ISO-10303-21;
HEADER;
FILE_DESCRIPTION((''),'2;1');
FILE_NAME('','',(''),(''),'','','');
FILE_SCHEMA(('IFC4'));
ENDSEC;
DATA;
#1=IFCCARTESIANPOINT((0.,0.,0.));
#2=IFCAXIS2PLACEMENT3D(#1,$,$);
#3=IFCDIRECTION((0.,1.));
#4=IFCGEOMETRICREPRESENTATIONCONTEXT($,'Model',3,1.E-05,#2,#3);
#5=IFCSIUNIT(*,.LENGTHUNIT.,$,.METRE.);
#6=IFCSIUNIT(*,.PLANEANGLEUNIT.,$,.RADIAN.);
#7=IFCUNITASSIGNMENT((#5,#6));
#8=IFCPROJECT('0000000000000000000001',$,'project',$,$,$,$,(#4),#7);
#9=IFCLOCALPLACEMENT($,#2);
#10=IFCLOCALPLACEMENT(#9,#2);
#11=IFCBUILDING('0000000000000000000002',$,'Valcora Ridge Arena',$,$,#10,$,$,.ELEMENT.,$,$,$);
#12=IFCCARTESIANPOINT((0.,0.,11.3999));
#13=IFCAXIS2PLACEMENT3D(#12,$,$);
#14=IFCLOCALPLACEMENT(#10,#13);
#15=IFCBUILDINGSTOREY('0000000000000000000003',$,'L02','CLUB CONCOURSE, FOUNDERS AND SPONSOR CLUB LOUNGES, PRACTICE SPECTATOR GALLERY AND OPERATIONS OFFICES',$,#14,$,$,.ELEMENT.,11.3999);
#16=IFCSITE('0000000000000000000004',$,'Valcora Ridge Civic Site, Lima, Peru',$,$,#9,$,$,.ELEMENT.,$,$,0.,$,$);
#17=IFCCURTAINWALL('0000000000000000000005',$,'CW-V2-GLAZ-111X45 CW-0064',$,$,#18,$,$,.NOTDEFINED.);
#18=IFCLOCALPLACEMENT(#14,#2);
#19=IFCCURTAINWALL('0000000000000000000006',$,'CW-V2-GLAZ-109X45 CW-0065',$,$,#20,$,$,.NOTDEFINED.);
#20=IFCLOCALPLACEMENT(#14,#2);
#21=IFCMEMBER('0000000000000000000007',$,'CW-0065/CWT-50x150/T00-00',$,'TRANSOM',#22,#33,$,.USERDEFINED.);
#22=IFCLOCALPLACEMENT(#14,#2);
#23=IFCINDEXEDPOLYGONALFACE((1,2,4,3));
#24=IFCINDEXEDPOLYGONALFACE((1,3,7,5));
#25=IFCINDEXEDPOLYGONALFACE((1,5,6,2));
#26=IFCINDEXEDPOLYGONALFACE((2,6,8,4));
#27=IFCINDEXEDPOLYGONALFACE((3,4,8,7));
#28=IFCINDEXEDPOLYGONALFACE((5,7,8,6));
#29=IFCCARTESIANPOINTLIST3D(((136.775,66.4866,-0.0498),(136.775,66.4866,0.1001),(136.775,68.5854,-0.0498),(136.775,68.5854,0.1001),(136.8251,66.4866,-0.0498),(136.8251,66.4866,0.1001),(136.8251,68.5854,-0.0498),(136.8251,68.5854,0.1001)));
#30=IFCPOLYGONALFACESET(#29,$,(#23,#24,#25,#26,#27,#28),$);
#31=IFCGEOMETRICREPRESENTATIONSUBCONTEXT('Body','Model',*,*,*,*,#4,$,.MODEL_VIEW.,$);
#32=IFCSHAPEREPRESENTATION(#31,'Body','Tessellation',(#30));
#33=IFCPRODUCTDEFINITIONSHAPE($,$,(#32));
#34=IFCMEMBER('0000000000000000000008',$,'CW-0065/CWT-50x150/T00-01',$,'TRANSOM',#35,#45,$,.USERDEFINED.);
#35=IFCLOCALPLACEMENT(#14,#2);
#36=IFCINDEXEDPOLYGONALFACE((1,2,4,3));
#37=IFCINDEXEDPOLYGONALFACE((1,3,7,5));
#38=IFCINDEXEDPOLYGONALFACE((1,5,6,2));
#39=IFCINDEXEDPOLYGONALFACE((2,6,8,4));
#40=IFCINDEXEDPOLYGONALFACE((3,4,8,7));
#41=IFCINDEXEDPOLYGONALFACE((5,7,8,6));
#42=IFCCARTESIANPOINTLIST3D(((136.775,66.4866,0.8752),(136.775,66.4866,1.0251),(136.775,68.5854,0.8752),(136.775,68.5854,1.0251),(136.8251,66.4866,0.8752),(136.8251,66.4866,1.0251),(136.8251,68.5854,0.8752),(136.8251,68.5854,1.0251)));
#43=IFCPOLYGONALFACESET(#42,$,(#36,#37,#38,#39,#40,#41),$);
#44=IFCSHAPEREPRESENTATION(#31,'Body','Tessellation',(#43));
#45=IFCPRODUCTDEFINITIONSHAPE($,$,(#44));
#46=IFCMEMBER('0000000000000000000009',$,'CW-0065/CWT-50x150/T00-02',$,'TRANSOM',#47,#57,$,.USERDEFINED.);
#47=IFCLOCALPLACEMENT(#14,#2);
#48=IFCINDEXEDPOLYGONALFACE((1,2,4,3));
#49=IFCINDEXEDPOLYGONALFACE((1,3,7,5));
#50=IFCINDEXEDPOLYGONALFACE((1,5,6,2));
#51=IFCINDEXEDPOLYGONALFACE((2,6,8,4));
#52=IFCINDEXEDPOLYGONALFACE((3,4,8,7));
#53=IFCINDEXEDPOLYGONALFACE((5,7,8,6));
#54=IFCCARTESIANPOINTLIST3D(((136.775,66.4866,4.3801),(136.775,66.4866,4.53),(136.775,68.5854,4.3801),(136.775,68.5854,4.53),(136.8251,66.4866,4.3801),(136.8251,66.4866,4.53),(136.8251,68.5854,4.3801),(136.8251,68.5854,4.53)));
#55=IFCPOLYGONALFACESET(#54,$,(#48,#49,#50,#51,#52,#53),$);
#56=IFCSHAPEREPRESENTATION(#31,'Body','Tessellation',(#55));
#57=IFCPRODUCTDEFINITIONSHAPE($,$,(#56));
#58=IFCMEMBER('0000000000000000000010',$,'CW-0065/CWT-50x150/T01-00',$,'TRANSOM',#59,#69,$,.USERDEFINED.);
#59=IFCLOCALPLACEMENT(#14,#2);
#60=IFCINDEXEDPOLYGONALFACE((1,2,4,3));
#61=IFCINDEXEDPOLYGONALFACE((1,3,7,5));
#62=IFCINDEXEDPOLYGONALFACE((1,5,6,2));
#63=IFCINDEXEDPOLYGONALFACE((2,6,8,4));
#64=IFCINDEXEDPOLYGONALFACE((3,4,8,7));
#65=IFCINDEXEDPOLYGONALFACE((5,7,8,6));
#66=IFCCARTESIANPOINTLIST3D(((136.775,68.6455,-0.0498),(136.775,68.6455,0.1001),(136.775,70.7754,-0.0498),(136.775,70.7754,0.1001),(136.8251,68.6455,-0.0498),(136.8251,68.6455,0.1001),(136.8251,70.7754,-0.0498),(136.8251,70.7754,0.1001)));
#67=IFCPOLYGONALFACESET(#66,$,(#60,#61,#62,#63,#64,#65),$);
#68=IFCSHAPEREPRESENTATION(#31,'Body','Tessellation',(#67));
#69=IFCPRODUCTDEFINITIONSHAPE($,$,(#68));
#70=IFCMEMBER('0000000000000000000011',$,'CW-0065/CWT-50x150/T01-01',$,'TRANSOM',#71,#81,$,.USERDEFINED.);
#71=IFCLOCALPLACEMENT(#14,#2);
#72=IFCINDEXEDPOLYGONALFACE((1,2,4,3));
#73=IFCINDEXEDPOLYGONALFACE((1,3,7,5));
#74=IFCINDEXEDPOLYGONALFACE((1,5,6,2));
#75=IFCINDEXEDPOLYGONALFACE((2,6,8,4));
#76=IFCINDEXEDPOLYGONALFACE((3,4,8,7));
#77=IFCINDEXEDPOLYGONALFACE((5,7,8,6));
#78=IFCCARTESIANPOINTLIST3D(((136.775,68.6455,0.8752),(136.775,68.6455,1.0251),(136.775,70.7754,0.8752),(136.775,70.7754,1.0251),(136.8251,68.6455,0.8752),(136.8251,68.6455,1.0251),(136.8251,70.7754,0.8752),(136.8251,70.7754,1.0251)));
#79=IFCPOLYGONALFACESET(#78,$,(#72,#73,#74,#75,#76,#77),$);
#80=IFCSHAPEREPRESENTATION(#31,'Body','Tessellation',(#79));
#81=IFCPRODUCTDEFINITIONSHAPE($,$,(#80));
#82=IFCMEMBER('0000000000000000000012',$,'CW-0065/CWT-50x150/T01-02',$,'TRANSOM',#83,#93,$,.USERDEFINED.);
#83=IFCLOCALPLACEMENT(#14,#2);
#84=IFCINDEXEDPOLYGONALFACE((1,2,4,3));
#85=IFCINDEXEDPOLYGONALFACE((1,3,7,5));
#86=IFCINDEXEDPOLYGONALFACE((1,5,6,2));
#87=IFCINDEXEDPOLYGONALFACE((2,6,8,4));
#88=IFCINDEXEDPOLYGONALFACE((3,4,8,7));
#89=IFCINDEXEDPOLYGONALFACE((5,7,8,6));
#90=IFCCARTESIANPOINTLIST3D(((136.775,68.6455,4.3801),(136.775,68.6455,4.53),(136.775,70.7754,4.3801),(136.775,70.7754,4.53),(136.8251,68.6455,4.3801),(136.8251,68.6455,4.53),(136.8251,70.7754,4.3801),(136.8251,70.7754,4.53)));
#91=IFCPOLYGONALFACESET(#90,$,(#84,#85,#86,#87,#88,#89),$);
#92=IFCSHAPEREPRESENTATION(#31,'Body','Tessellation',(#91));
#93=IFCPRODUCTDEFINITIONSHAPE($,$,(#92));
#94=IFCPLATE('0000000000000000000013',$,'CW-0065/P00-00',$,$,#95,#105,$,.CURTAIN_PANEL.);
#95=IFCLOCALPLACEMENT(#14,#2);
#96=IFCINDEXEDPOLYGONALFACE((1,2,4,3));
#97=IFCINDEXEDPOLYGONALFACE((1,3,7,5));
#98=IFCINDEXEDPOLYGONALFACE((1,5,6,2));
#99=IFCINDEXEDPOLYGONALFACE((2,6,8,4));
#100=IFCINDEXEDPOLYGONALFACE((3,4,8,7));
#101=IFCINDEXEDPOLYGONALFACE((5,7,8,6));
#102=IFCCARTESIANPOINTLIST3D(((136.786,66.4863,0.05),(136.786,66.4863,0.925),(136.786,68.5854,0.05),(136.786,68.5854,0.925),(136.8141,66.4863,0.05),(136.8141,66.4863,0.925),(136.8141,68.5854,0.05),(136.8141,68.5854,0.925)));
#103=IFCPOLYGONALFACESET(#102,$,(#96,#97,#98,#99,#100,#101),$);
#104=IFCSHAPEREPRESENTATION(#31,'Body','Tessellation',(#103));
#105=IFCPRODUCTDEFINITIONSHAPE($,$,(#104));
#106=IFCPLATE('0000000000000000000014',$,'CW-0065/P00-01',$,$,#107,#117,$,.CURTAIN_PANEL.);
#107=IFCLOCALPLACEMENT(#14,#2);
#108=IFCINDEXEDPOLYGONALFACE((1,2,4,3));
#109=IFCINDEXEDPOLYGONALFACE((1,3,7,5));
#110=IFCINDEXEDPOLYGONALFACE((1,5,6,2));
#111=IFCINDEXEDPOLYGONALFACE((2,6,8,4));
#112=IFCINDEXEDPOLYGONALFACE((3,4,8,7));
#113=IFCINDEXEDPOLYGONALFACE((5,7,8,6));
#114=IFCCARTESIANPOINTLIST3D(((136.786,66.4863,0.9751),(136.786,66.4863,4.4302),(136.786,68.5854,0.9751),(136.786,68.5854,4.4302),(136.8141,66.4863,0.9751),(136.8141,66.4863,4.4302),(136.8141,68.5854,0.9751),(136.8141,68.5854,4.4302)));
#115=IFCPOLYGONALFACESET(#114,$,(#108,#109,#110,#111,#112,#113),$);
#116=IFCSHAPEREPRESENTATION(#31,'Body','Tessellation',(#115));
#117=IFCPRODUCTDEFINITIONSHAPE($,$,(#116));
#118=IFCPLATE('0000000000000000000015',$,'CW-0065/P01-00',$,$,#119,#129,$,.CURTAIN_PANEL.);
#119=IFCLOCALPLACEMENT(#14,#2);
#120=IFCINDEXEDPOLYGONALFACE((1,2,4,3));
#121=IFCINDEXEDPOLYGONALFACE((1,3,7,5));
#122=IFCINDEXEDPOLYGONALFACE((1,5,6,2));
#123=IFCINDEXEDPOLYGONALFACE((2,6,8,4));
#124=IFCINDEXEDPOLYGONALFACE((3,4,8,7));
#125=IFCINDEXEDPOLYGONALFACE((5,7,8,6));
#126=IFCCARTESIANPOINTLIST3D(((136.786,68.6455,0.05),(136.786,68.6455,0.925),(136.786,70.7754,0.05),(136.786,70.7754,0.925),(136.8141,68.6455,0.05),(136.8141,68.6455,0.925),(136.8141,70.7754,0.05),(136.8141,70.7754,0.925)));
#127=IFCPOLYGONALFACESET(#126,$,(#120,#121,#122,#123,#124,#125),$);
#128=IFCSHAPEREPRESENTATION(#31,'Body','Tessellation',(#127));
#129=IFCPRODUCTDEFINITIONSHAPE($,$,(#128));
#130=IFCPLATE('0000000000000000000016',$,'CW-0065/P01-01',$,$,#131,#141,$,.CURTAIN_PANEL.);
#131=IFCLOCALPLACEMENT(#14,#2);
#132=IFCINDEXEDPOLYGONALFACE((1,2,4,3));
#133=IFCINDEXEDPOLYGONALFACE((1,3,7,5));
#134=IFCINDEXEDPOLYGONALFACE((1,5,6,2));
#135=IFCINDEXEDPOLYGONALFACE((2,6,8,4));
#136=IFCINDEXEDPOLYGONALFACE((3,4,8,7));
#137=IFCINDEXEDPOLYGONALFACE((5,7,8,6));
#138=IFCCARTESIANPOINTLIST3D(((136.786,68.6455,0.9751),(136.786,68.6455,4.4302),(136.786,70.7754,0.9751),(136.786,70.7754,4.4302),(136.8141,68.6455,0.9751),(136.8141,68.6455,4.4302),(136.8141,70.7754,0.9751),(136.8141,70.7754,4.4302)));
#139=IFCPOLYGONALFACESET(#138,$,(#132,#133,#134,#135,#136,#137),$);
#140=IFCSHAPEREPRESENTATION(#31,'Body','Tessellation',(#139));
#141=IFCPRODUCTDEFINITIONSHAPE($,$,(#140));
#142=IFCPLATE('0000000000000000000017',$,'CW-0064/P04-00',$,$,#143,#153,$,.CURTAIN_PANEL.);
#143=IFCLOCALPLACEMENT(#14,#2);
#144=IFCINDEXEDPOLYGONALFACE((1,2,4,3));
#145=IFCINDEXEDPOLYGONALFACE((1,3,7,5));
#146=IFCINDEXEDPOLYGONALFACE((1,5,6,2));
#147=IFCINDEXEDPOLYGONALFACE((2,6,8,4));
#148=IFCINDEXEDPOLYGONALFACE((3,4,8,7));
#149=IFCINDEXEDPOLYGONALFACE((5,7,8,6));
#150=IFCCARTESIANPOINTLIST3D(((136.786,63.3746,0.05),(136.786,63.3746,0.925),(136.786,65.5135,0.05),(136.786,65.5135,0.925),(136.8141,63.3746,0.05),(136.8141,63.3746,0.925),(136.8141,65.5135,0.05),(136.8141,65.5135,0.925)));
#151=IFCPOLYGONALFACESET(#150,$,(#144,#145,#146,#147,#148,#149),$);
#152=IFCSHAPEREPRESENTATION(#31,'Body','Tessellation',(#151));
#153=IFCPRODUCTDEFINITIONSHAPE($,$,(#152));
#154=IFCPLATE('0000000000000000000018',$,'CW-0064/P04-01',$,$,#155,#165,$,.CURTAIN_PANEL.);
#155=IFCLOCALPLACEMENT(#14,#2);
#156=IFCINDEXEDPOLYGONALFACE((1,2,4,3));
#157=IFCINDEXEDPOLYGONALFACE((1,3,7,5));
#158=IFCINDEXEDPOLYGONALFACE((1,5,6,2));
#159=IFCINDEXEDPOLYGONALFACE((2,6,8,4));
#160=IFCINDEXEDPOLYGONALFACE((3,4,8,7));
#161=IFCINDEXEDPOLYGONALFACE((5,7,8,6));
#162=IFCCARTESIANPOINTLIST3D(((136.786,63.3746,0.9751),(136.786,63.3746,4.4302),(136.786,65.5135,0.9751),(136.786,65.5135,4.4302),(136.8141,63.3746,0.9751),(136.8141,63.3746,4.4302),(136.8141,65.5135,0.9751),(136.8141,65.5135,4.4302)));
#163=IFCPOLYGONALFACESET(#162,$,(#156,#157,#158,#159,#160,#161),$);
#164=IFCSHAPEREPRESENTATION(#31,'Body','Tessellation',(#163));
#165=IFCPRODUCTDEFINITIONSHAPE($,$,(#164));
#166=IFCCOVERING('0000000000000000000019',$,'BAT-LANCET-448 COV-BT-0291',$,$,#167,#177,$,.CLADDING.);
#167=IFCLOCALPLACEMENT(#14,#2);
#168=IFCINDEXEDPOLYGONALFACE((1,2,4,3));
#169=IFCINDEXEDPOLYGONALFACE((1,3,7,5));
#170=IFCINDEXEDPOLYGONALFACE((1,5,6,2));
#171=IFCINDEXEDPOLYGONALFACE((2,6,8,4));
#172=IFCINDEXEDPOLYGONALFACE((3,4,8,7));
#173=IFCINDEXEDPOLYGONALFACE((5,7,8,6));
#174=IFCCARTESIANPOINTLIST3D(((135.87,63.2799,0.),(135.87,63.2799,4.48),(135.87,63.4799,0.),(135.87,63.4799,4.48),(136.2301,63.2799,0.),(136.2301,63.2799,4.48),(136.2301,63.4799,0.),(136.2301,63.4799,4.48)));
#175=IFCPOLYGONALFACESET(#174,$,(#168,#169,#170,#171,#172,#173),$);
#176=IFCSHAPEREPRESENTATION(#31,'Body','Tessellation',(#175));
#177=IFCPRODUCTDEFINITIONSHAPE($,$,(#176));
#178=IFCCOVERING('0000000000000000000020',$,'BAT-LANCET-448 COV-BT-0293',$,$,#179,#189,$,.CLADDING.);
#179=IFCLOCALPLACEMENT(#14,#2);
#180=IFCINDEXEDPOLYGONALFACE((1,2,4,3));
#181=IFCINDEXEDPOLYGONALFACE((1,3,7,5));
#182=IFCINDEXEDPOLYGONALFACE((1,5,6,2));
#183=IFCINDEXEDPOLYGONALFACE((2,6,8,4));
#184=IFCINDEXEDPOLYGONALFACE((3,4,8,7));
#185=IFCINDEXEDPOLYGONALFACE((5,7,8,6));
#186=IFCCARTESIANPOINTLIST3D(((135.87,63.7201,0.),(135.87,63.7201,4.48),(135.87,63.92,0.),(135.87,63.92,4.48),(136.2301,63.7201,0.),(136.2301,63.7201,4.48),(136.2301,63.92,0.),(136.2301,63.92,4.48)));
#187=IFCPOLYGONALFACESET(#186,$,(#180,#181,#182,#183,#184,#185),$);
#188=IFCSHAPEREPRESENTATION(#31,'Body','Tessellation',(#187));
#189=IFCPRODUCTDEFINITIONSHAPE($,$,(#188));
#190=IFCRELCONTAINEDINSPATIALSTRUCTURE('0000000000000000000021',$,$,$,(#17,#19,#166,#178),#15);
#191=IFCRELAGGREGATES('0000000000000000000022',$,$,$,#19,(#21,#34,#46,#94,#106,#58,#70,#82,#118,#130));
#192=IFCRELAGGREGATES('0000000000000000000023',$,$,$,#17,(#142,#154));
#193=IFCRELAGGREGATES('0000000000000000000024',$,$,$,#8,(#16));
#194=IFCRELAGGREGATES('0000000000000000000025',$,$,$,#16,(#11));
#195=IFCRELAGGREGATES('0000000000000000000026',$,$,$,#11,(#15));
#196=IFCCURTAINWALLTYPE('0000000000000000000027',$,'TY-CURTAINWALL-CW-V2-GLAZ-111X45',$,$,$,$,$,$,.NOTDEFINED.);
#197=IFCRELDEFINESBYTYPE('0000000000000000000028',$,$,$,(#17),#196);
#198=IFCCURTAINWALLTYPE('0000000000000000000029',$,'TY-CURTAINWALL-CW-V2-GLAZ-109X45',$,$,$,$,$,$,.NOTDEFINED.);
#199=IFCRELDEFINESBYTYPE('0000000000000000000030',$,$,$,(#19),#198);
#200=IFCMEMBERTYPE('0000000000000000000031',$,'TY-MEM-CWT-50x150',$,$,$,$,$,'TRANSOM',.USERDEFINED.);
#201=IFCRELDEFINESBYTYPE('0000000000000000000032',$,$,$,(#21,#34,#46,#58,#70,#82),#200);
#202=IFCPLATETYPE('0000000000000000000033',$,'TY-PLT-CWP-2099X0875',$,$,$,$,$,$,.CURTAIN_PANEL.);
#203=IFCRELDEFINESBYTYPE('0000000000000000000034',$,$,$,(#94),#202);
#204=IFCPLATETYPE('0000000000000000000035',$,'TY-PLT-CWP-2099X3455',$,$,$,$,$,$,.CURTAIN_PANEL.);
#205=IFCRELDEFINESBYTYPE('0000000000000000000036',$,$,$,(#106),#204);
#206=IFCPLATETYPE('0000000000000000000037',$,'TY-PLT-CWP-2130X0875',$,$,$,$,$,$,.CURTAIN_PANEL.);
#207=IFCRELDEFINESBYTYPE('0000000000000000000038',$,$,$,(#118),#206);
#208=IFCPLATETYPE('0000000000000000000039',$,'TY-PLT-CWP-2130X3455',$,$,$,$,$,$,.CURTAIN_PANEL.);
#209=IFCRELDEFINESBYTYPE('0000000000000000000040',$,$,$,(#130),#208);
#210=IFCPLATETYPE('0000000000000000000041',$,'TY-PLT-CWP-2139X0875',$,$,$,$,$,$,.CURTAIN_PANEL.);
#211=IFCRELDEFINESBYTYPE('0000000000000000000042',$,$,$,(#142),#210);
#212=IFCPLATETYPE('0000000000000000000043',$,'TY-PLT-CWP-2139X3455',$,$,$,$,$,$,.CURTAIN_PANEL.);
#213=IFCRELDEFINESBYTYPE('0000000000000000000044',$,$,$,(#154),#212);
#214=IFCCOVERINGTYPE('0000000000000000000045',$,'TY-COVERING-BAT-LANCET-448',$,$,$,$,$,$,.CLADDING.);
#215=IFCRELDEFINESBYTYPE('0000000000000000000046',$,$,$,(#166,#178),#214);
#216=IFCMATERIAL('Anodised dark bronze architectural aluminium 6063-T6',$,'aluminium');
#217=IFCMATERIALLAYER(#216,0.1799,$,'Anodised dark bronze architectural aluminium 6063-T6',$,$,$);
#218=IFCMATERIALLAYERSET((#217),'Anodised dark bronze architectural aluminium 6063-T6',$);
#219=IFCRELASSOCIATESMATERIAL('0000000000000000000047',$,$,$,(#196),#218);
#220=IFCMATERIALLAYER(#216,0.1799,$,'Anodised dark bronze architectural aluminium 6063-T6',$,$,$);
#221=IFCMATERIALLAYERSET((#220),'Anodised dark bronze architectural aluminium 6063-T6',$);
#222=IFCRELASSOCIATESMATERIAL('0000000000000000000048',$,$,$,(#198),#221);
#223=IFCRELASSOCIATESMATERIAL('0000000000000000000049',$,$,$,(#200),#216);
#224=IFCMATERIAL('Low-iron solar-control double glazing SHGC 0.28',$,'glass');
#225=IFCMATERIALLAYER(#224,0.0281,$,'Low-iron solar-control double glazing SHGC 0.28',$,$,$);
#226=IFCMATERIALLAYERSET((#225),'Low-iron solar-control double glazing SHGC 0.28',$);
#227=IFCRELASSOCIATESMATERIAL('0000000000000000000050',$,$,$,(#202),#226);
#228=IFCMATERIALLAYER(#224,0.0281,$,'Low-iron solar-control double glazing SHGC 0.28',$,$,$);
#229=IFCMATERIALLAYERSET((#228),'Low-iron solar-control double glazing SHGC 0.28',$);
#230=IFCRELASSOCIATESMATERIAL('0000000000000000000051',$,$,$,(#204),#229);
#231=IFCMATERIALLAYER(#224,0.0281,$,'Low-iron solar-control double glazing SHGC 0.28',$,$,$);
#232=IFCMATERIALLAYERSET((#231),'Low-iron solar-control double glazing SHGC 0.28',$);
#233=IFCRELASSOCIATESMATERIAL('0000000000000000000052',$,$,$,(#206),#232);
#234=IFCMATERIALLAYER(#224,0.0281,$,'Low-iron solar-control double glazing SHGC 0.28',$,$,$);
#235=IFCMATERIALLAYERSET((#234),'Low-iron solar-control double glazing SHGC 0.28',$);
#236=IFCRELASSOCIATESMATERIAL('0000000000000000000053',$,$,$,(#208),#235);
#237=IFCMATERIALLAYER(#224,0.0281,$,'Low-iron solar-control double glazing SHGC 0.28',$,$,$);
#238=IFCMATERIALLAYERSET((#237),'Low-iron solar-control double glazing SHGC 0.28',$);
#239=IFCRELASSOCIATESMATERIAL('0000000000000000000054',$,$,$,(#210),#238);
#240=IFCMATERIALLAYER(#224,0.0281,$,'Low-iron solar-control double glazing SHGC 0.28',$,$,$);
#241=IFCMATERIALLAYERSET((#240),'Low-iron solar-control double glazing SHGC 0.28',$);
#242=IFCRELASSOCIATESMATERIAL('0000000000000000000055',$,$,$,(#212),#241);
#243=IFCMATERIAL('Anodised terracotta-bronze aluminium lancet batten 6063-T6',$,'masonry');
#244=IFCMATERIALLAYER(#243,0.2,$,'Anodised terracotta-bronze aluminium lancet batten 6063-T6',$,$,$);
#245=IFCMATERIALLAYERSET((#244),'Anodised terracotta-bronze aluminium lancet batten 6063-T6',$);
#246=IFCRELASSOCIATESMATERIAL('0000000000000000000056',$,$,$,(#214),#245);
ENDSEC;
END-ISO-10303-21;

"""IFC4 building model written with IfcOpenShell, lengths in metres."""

from ifc_helpers import new_model, si_unit, direction, frame, origin, origin_2d, place, context, subcontext, project, spatial, rectangle, extrude, material, layer, layer_set, material_profile, profile_set, type_object, element, aggregate, save


model = new_model("IFC4")

# Units and contexts
model_context = context("Model", 3, precision=1e-05, world=origin(), true_north=direction((0.0, 1.0)))
body_context = subcontext(model_context, "Body", "Model", "MODEL_VIEW")
ifc_project = project(units=[si_unit("LENGTHUNIT", "METRE"), si_unit("PLANEANGLEUNIT", "RADIAN")], contexts=[model_context])

# Site, building, storey
site_placement = place(None, origin())
site = spatial("IfcSite", under=ifc_project, at=site_placement, Name="Valcora Ridge Civic Site, Lima, Peru", CompositionType="ELEMENT", RefElevation=0.0)
building_placement = place(site_placement, origin())
building = spatial("IfcBuilding", under=site, at=building_placement, Name="Valcora Ridge Arena", CompositionType="ELEMENT")
storey_placement = place(building_placement, frame((0.0, 0.0, 11.3999)))
storey = spatial("IfcBuildingStorey", under=building, at=storey_placement, Name="L02", Description="CLUB CONCOURSE, FOUNDERS AND SPONSOR CLUB LOUNGES, PRACTICE SPECTATOR GALLERY AND OPERATIONS OFFICES", CompositionType="ELEMENT", Elevation=11.3999)

# Curtain walls
ifc_material_1 = material(Name="Anodised dark bronze architectural aluminium 6063-T6", Category="aluminium")
ifc_layer_1 = layer(ifc_material_1, 0.1799, Name="Anodised dark bronze architectural aluminium 6063-T6")
ifc_layer_set_1 = layer_set([ifc_layer_1], Name="Anodised dark bronze architectural aluminium 6063-T6")
curtain_wall_type_1 = type_object("IfcCurtainWallType", Name="TY-CURTAINWALL-CW-V2-GLAZ-111X45", PredefinedType="NOTDEFINED", material=ifc_layer_set_1)
curtain_wall_1_placement = place(storey_placement, origin())
curtain_wall_1 = element("IfcCurtainWall", 1, at=curtain_wall_1_placement, inside=storey, type_object=curtain_wall_type_1, Name="CW-V2-GLAZ-111X45 CW-0064", PredefinedType="NOTDEFINED")
ifc_layer_2 = layer(ifc_material_1, 0.1799, Name="Anodised dark bronze architectural aluminium 6063-T6")
ifc_layer_set_2 = layer_set([ifc_layer_2], Name="Anodised dark bronze architectural aluminium 6063-T6")
curtain_wall_type_2 = type_object("IfcCurtainWallType", Name="TY-CURTAINWALL-CW-V2-GLAZ-109X45", PredefinedType="NOTDEFINED", material=ifc_layer_set_2)
curtain_wall_2_placement = place(storey_placement, origin())
curtain_wall_2 = element("IfcCurtainWall", 2, at=curtain_wall_2_placement, inside=storey, type_object=curtain_wall_type_2, Name="CW-V2-GLAZ-109X45 CW-0065", PredefinedType="NOTDEFINED")

# Members
ifc_material_profile_1 = material_profile(ifc_material_1, rectangle(XDim=0.05, YDim=0.1499, at=origin_2d()), Name="ALU TRANSOM 50x150")
ifc_profile_set_1 = profile_set([ifc_material_profile_1], Name="Anodised dark bronze architectural aluminium 6063-T6")
member_type_1 = type_object("IfcMemberType", Name="TY-MEM-CWT-50x150", ElementType="TRANSOM", PredefinedType="USERDEFINED", material=ifc_profile_set_1)
member_1_placement = place(storey_placement, frame((136.8, 66.4866, 0.0251), z_axis=(0.0, 1.0, 0.0), x_axis=(-1.0, 0.0, 0.0)))
member_1 = element("IfcMember", 3, at=member_1_placement, type_object=member_type_1, Name="CW-0065/CWT-50x150/T00-00", ObjectType="TRANSOM", PredefinedType="USERDEFINED", context=body_context, shape_type="SweptSolid", body=[
    extrude(rectangle(XDim=0.05, YDim=0.1499, at=origin_2d()), origin(), (0.0, 0.0, 1.0), 2.0989),
])
member_2_placement = place(storey_placement, frame((136.8, 66.4866, 0.9502), z_axis=(0.0, 1.0, 0.0), x_axis=(-1.0, 0.0, 0.0)))
member_2 = element("IfcMember", 4, at=member_2_placement, type_object=member_type_1, Name="CW-0065/CWT-50x150/T00-01", ObjectType="TRANSOM", PredefinedType="USERDEFINED", context=body_context, shape_type="SweptSolid", body=[
    extrude(rectangle(XDim=0.05, YDim=0.1499, at=origin_2d()), origin(), (0.0, 0.0, 1.0), 2.0989),
])
member_3_placement = place(storey_placement, frame((136.8, 66.4866, 4.4551), z_axis=(0.0, 1.0, 0.0), x_axis=(-1.0, 0.0, 0.0)))
member_3 = element("IfcMember", 5, at=member_3_placement, type_object=member_type_1, Name="CW-0065/CWT-50x150/T00-02", ObjectType="TRANSOM", PredefinedType="USERDEFINED", context=body_context, shape_type="SweptSolid", body=[
    extrude(rectangle(XDim=0.05, YDim=0.1499, at=origin_2d()), origin(), (0.0, 0.0, 1.0), 2.0989),
])
member_4_placement = place(storey_placement, frame((136.8, 68.6455, 0.0251), z_axis=(0.0, 1.0, 0.0), x_axis=(-1.0, 0.0, 0.0)))
member_4 = element("IfcMember", 6, at=member_4_placement, type_object=member_type_1, Name="CW-0065/CWT-50x150/T01-00", ObjectType="TRANSOM", PredefinedType="USERDEFINED", context=body_context, shape_type="SweptSolid", body=[
    extrude(rectangle(XDim=0.05, YDim=0.1499, at=origin_2d()), origin(), (0.0, 0.0, 1.0), 2.1299),
])
member_5_placement = place(storey_placement, frame((136.8, 68.6455, 0.9502), z_axis=(0.0, 1.0, 0.0), x_axis=(-1.0, 0.0, 0.0)))
member_5 = element("IfcMember", 7, at=member_5_placement, type_object=member_type_1, Name="CW-0065/CWT-50x150/T01-01", ObjectType="TRANSOM", PredefinedType="USERDEFINED", context=body_context, shape_type="SweptSolid", body=[
    extrude(rectangle(XDim=0.05, YDim=0.1499, at=origin_2d()), origin(), (0.0, 0.0, 1.0), 2.1299),
])
member_6_placement = place(storey_placement, frame((136.8, 68.6455, 4.4551), z_axis=(0.0, 1.0, 0.0), x_axis=(-1.0, 0.0, 0.0)))
member_6 = element("IfcMember", 8, at=member_6_placement, type_object=member_type_1, Name="CW-0065/CWT-50x150/T01-02", ObjectType="TRANSOM", PredefinedType="USERDEFINED", context=body_context, shape_type="SweptSolid", body=[
    extrude(rectangle(XDim=0.05, YDim=0.1499, at=origin_2d()), origin(), (0.0, 0.0, 1.0), 2.1299),
])

# Plates
ifc_material_2 = material(Name="Low-iron solar-control double glazing SHGC 0.28", Category="glass")
ifc_layer_3 = layer(ifc_material_2, 0.0281, Name="Low-iron solar-control double glazing SHGC 0.28")
ifc_layer_set_3 = layer_set([ifc_layer_3], Name="Low-iron solar-control double glazing SHGC 0.28")
plate_type_1 = type_object("IfcPlateType", Name="TY-PLT-CWP-2099X0875", PredefinedType="CURTAIN_PANEL", material=ifc_layer_set_3)
plate_1_placement = place(storey_placement, frame((136.8, 67.5359, 0.05), z_axis=(0.0, 0.0, 1.0), x_axis=(0.0, 1.0, 0.0)))
plate_1 = element("IfcPlate", 9, at=plate_1_placement, type_object=plate_type_1, Name="CW-0065/P00-00", PredefinedType="CURTAIN_PANEL", context=body_context, shape_type="SweptSolid", body=[
    extrude(rectangle(XDim=2.0991, YDim=0.0281, at=origin_2d()), origin(), (0.0, 0.0, 1.0), 0.875),
])
ifc_layer_4 = layer(ifc_material_2, 0.0281, Name="Low-iron solar-control double glazing SHGC 0.28")
ifc_layer_set_4 = layer_set([ifc_layer_4], Name="Low-iron solar-control double glazing SHGC 0.28")
plate_type_2 = type_object("IfcPlateType", Name="TY-PLT-CWP-2099X3455", PredefinedType="CURTAIN_PANEL", material=ifc_layer_set_4)
plate_2_placement = place(storey_placement, frame((136.8, 67.5359, 0.9751), z_axis=(0.0, 0.0, 1.0), x_axis=(0.0, 1.0, 0.0)))
plate_2 = element("IfcPlate", 10, at=plate_2_placement, type_object=plate_type_2, Name="CW-0065/P00-01", PredefinedType="CURTAIN_PANEL", context=body_context, shape_type="SweptSolid", body=[
    extrude(rectangle(XDim=2.0991, YDim=0.0281, at=origin_2d()), origin(), (0.0, 0.0, 1.0), 3.4551),
])
ifc_layer_5 = layer(ifc_material_2, 0.0281, Name="Low-iron solar-control double glazing SHGC 0.28")
ifc_layer_set_5 = layer_set([ifc_layer_5], Name="Low-iron solar-control double glazing SHGC 0.28")
plate_type_3 = type_object("IfcPlateType", Name="TY-PLT-CWP-2130X0875", PredefinedType="CURTAIN_PANEL", material=ifc_layer_set_5)
plate_3_placement = place(storey_placement, frame((136.8, 69.7104, 0.05), z_axis=(0.0, 0.0, 1.0), x_axis=(0.0, 1.0, 0.0)))
plate_3 = element("IfcPlate", 11, at=plate_3_placement, type_object=plate_type_3, Name="CW-0065/P01-00", PredefinedType="CURTAIN_PANEL", context=body_context, shape_type="SweptSolid", body=[
    extrude(rectangle(XDim=2.1299, YDim=0.0281, at=origin_2d()), origin(), (0.0, 0.0, 1.0), 0.875),
])
ifc_layer_6 = layer(ifc_material_2, 0.0281, Name="Low-iron solar-control double glazing SHGC 0.28")
ifc_layer_set_6 = layer_set([ifc_layer_6], Name="Low-iron solar-control double glazing SHGC 0.28")
plate_type_4 = type_object("IfcPlateType", Name="TY-PLT-CWP-2130X3455", PredefinedType="CURTAIN_PANEL", material=ifc_layer_set_6)
plate_4_placement = place(storey_placement, frame((136.8, 69.7104, 0.9751), z_axis=(0.0, 0.0, 1.0), x_axis=(0.0, 1.0, 0.0)))
plate_4 = element("IfcPlate", 12, at=plate_4_placement, type_object=plate_type_4, Name="CW-0065/P01-01", PredefinedType="CURTAIN_PANEL", context=body_context, shape_type="SweptSolid", body=[
    extrude(rectangle(XDim=2.1299, YDim=0.0281, at=origin_2d()), origin(), (0.0, 0.0, 1.0), 3.4551),
])
aggregate(curtain_wall_2, [member_1, member_2, member_3, plate_1, plate_2, member_4, member_5, member_6, plate_3, plate_4])
ifc_layer_7 = layer(ifc_material_2, 0.0281, Name="Low-iron solar-control double glazing SHGC 0.28")
ifc_layer_set_7 = layer_set([ifc_layer_7], Name="Low-iron solar-control double glazing SHGC 0.28")
plate_type_5 = type_object("IfcPlateType", Name="TY-PLT-CWP-2139X0875", PredefinedType="CURTAIN_PANEL", material=ifc_layer_set_7)
plate_5_placement = place(storey_placement, frame((136.8, 64.4441, 0.05), z_axis=(0.0, 0.0, 1.0), x_axis=(0.0, 1.0, 0.0)))
plate_5 = element("IfcPlate", 13, at=plate_5_placement, type_object=plate_type_5, Name="CW-0064/P04-00", PredefinedType="CURTAIN_PANEL", context=body_context, shape_type="SweptSolid", body=[
    extrude(rectangle(XDim=2.1389, YDim=0.0281, at=origin_2d()), origin(), (0.0, 0.0, 1.0), 0.875),
])
ifc_layer_8 = layer(ifc_material_2, 0.0281, Name="Low-iron solar-control double glazing SHGC 0.28")
ifc_layer_set_8 = layer_set([ifc_layer_8], Name="Low-iron solar-control double glazing SHGC 0.28")
plate_type_6 = type_object("IfcPlateType", Name="TY-PLT-CWP-2139X3455", PredefinedType="CURTAIN_PANEL", material=ifc_layer_set_8)
plate_6_placement = place(storey_placement, frame((136.8, 64.4441, 0.9751), z_axis=(0.0, 0.0, 1.0), x_axis=(0.0, 1.0, 0.0)))
plate_6 = element("IfcPlate", 14, at=plate_6_placement, type_object=plate_type_6, Name="CW-0064/P04-01", PredefinedType="CURTAIN_PANEL", context=body_context, shape_type="SweptSolid", body=[
    extrude(rectangle(XDim=2.1389, YDim=0.0281, at=origin_2d()), origin(), (0.0, 0.0, 1.0), 3.4551),
])
aggregate(curtain_wall_1, [plate_5, plate_6])

# Coverings
ifc_material_3 = material(Name="Anodised terracotta-bronze aluminium lancet batten 6063-T6", Category="masonry")
ifc_layer_9 = layer(ifc_material_3, 0.2, Name="Anodised terracotta-bronze aluminium lancet batten 6063-T6")
ifc_layer_set_9 = layer_set([ifc_layer_9], Name="Anodised terracotta-bronze aluminium lancet batten 6063-T6")
covering_type = type_object("IfcCoveringType", Name="TY-COVERING-BAT-LANCET-448", PredefinedType="CLADDING", material=ifc_layer_set_9)
for number, where, z_axis, x_axis, name in (
    (15, (136.05, 63.3799, 0.0), (0.0, 0.0, 1.0), (1.0, 0.0, 0.0), "BAT-LANCET-448 COV-BT-0291"),
    (16, (136.05, 63.8201, 0.0), (0.0, 0.0, 1.0), (1.0, 0.0, 0.0), "BAT-LANCET-448 COV-BT-0293"),
):
    element("IfcCovering", number, at=place(storey_placement, frame(where, z_axis=z_axis, x_axis=x_axis)), inside=storey, type_object=covering_type, Name=name, PredefinedType="CLADDING", context=body_context, shape_type="SweptSolid", body=[
        extrude(rectangle(XDim=0.3601, YDim=0.2, at=origin_2d()), origin(), (0.0, 0.0, 1.0), 4.48),
    ])

save(model, "model.ifc")
